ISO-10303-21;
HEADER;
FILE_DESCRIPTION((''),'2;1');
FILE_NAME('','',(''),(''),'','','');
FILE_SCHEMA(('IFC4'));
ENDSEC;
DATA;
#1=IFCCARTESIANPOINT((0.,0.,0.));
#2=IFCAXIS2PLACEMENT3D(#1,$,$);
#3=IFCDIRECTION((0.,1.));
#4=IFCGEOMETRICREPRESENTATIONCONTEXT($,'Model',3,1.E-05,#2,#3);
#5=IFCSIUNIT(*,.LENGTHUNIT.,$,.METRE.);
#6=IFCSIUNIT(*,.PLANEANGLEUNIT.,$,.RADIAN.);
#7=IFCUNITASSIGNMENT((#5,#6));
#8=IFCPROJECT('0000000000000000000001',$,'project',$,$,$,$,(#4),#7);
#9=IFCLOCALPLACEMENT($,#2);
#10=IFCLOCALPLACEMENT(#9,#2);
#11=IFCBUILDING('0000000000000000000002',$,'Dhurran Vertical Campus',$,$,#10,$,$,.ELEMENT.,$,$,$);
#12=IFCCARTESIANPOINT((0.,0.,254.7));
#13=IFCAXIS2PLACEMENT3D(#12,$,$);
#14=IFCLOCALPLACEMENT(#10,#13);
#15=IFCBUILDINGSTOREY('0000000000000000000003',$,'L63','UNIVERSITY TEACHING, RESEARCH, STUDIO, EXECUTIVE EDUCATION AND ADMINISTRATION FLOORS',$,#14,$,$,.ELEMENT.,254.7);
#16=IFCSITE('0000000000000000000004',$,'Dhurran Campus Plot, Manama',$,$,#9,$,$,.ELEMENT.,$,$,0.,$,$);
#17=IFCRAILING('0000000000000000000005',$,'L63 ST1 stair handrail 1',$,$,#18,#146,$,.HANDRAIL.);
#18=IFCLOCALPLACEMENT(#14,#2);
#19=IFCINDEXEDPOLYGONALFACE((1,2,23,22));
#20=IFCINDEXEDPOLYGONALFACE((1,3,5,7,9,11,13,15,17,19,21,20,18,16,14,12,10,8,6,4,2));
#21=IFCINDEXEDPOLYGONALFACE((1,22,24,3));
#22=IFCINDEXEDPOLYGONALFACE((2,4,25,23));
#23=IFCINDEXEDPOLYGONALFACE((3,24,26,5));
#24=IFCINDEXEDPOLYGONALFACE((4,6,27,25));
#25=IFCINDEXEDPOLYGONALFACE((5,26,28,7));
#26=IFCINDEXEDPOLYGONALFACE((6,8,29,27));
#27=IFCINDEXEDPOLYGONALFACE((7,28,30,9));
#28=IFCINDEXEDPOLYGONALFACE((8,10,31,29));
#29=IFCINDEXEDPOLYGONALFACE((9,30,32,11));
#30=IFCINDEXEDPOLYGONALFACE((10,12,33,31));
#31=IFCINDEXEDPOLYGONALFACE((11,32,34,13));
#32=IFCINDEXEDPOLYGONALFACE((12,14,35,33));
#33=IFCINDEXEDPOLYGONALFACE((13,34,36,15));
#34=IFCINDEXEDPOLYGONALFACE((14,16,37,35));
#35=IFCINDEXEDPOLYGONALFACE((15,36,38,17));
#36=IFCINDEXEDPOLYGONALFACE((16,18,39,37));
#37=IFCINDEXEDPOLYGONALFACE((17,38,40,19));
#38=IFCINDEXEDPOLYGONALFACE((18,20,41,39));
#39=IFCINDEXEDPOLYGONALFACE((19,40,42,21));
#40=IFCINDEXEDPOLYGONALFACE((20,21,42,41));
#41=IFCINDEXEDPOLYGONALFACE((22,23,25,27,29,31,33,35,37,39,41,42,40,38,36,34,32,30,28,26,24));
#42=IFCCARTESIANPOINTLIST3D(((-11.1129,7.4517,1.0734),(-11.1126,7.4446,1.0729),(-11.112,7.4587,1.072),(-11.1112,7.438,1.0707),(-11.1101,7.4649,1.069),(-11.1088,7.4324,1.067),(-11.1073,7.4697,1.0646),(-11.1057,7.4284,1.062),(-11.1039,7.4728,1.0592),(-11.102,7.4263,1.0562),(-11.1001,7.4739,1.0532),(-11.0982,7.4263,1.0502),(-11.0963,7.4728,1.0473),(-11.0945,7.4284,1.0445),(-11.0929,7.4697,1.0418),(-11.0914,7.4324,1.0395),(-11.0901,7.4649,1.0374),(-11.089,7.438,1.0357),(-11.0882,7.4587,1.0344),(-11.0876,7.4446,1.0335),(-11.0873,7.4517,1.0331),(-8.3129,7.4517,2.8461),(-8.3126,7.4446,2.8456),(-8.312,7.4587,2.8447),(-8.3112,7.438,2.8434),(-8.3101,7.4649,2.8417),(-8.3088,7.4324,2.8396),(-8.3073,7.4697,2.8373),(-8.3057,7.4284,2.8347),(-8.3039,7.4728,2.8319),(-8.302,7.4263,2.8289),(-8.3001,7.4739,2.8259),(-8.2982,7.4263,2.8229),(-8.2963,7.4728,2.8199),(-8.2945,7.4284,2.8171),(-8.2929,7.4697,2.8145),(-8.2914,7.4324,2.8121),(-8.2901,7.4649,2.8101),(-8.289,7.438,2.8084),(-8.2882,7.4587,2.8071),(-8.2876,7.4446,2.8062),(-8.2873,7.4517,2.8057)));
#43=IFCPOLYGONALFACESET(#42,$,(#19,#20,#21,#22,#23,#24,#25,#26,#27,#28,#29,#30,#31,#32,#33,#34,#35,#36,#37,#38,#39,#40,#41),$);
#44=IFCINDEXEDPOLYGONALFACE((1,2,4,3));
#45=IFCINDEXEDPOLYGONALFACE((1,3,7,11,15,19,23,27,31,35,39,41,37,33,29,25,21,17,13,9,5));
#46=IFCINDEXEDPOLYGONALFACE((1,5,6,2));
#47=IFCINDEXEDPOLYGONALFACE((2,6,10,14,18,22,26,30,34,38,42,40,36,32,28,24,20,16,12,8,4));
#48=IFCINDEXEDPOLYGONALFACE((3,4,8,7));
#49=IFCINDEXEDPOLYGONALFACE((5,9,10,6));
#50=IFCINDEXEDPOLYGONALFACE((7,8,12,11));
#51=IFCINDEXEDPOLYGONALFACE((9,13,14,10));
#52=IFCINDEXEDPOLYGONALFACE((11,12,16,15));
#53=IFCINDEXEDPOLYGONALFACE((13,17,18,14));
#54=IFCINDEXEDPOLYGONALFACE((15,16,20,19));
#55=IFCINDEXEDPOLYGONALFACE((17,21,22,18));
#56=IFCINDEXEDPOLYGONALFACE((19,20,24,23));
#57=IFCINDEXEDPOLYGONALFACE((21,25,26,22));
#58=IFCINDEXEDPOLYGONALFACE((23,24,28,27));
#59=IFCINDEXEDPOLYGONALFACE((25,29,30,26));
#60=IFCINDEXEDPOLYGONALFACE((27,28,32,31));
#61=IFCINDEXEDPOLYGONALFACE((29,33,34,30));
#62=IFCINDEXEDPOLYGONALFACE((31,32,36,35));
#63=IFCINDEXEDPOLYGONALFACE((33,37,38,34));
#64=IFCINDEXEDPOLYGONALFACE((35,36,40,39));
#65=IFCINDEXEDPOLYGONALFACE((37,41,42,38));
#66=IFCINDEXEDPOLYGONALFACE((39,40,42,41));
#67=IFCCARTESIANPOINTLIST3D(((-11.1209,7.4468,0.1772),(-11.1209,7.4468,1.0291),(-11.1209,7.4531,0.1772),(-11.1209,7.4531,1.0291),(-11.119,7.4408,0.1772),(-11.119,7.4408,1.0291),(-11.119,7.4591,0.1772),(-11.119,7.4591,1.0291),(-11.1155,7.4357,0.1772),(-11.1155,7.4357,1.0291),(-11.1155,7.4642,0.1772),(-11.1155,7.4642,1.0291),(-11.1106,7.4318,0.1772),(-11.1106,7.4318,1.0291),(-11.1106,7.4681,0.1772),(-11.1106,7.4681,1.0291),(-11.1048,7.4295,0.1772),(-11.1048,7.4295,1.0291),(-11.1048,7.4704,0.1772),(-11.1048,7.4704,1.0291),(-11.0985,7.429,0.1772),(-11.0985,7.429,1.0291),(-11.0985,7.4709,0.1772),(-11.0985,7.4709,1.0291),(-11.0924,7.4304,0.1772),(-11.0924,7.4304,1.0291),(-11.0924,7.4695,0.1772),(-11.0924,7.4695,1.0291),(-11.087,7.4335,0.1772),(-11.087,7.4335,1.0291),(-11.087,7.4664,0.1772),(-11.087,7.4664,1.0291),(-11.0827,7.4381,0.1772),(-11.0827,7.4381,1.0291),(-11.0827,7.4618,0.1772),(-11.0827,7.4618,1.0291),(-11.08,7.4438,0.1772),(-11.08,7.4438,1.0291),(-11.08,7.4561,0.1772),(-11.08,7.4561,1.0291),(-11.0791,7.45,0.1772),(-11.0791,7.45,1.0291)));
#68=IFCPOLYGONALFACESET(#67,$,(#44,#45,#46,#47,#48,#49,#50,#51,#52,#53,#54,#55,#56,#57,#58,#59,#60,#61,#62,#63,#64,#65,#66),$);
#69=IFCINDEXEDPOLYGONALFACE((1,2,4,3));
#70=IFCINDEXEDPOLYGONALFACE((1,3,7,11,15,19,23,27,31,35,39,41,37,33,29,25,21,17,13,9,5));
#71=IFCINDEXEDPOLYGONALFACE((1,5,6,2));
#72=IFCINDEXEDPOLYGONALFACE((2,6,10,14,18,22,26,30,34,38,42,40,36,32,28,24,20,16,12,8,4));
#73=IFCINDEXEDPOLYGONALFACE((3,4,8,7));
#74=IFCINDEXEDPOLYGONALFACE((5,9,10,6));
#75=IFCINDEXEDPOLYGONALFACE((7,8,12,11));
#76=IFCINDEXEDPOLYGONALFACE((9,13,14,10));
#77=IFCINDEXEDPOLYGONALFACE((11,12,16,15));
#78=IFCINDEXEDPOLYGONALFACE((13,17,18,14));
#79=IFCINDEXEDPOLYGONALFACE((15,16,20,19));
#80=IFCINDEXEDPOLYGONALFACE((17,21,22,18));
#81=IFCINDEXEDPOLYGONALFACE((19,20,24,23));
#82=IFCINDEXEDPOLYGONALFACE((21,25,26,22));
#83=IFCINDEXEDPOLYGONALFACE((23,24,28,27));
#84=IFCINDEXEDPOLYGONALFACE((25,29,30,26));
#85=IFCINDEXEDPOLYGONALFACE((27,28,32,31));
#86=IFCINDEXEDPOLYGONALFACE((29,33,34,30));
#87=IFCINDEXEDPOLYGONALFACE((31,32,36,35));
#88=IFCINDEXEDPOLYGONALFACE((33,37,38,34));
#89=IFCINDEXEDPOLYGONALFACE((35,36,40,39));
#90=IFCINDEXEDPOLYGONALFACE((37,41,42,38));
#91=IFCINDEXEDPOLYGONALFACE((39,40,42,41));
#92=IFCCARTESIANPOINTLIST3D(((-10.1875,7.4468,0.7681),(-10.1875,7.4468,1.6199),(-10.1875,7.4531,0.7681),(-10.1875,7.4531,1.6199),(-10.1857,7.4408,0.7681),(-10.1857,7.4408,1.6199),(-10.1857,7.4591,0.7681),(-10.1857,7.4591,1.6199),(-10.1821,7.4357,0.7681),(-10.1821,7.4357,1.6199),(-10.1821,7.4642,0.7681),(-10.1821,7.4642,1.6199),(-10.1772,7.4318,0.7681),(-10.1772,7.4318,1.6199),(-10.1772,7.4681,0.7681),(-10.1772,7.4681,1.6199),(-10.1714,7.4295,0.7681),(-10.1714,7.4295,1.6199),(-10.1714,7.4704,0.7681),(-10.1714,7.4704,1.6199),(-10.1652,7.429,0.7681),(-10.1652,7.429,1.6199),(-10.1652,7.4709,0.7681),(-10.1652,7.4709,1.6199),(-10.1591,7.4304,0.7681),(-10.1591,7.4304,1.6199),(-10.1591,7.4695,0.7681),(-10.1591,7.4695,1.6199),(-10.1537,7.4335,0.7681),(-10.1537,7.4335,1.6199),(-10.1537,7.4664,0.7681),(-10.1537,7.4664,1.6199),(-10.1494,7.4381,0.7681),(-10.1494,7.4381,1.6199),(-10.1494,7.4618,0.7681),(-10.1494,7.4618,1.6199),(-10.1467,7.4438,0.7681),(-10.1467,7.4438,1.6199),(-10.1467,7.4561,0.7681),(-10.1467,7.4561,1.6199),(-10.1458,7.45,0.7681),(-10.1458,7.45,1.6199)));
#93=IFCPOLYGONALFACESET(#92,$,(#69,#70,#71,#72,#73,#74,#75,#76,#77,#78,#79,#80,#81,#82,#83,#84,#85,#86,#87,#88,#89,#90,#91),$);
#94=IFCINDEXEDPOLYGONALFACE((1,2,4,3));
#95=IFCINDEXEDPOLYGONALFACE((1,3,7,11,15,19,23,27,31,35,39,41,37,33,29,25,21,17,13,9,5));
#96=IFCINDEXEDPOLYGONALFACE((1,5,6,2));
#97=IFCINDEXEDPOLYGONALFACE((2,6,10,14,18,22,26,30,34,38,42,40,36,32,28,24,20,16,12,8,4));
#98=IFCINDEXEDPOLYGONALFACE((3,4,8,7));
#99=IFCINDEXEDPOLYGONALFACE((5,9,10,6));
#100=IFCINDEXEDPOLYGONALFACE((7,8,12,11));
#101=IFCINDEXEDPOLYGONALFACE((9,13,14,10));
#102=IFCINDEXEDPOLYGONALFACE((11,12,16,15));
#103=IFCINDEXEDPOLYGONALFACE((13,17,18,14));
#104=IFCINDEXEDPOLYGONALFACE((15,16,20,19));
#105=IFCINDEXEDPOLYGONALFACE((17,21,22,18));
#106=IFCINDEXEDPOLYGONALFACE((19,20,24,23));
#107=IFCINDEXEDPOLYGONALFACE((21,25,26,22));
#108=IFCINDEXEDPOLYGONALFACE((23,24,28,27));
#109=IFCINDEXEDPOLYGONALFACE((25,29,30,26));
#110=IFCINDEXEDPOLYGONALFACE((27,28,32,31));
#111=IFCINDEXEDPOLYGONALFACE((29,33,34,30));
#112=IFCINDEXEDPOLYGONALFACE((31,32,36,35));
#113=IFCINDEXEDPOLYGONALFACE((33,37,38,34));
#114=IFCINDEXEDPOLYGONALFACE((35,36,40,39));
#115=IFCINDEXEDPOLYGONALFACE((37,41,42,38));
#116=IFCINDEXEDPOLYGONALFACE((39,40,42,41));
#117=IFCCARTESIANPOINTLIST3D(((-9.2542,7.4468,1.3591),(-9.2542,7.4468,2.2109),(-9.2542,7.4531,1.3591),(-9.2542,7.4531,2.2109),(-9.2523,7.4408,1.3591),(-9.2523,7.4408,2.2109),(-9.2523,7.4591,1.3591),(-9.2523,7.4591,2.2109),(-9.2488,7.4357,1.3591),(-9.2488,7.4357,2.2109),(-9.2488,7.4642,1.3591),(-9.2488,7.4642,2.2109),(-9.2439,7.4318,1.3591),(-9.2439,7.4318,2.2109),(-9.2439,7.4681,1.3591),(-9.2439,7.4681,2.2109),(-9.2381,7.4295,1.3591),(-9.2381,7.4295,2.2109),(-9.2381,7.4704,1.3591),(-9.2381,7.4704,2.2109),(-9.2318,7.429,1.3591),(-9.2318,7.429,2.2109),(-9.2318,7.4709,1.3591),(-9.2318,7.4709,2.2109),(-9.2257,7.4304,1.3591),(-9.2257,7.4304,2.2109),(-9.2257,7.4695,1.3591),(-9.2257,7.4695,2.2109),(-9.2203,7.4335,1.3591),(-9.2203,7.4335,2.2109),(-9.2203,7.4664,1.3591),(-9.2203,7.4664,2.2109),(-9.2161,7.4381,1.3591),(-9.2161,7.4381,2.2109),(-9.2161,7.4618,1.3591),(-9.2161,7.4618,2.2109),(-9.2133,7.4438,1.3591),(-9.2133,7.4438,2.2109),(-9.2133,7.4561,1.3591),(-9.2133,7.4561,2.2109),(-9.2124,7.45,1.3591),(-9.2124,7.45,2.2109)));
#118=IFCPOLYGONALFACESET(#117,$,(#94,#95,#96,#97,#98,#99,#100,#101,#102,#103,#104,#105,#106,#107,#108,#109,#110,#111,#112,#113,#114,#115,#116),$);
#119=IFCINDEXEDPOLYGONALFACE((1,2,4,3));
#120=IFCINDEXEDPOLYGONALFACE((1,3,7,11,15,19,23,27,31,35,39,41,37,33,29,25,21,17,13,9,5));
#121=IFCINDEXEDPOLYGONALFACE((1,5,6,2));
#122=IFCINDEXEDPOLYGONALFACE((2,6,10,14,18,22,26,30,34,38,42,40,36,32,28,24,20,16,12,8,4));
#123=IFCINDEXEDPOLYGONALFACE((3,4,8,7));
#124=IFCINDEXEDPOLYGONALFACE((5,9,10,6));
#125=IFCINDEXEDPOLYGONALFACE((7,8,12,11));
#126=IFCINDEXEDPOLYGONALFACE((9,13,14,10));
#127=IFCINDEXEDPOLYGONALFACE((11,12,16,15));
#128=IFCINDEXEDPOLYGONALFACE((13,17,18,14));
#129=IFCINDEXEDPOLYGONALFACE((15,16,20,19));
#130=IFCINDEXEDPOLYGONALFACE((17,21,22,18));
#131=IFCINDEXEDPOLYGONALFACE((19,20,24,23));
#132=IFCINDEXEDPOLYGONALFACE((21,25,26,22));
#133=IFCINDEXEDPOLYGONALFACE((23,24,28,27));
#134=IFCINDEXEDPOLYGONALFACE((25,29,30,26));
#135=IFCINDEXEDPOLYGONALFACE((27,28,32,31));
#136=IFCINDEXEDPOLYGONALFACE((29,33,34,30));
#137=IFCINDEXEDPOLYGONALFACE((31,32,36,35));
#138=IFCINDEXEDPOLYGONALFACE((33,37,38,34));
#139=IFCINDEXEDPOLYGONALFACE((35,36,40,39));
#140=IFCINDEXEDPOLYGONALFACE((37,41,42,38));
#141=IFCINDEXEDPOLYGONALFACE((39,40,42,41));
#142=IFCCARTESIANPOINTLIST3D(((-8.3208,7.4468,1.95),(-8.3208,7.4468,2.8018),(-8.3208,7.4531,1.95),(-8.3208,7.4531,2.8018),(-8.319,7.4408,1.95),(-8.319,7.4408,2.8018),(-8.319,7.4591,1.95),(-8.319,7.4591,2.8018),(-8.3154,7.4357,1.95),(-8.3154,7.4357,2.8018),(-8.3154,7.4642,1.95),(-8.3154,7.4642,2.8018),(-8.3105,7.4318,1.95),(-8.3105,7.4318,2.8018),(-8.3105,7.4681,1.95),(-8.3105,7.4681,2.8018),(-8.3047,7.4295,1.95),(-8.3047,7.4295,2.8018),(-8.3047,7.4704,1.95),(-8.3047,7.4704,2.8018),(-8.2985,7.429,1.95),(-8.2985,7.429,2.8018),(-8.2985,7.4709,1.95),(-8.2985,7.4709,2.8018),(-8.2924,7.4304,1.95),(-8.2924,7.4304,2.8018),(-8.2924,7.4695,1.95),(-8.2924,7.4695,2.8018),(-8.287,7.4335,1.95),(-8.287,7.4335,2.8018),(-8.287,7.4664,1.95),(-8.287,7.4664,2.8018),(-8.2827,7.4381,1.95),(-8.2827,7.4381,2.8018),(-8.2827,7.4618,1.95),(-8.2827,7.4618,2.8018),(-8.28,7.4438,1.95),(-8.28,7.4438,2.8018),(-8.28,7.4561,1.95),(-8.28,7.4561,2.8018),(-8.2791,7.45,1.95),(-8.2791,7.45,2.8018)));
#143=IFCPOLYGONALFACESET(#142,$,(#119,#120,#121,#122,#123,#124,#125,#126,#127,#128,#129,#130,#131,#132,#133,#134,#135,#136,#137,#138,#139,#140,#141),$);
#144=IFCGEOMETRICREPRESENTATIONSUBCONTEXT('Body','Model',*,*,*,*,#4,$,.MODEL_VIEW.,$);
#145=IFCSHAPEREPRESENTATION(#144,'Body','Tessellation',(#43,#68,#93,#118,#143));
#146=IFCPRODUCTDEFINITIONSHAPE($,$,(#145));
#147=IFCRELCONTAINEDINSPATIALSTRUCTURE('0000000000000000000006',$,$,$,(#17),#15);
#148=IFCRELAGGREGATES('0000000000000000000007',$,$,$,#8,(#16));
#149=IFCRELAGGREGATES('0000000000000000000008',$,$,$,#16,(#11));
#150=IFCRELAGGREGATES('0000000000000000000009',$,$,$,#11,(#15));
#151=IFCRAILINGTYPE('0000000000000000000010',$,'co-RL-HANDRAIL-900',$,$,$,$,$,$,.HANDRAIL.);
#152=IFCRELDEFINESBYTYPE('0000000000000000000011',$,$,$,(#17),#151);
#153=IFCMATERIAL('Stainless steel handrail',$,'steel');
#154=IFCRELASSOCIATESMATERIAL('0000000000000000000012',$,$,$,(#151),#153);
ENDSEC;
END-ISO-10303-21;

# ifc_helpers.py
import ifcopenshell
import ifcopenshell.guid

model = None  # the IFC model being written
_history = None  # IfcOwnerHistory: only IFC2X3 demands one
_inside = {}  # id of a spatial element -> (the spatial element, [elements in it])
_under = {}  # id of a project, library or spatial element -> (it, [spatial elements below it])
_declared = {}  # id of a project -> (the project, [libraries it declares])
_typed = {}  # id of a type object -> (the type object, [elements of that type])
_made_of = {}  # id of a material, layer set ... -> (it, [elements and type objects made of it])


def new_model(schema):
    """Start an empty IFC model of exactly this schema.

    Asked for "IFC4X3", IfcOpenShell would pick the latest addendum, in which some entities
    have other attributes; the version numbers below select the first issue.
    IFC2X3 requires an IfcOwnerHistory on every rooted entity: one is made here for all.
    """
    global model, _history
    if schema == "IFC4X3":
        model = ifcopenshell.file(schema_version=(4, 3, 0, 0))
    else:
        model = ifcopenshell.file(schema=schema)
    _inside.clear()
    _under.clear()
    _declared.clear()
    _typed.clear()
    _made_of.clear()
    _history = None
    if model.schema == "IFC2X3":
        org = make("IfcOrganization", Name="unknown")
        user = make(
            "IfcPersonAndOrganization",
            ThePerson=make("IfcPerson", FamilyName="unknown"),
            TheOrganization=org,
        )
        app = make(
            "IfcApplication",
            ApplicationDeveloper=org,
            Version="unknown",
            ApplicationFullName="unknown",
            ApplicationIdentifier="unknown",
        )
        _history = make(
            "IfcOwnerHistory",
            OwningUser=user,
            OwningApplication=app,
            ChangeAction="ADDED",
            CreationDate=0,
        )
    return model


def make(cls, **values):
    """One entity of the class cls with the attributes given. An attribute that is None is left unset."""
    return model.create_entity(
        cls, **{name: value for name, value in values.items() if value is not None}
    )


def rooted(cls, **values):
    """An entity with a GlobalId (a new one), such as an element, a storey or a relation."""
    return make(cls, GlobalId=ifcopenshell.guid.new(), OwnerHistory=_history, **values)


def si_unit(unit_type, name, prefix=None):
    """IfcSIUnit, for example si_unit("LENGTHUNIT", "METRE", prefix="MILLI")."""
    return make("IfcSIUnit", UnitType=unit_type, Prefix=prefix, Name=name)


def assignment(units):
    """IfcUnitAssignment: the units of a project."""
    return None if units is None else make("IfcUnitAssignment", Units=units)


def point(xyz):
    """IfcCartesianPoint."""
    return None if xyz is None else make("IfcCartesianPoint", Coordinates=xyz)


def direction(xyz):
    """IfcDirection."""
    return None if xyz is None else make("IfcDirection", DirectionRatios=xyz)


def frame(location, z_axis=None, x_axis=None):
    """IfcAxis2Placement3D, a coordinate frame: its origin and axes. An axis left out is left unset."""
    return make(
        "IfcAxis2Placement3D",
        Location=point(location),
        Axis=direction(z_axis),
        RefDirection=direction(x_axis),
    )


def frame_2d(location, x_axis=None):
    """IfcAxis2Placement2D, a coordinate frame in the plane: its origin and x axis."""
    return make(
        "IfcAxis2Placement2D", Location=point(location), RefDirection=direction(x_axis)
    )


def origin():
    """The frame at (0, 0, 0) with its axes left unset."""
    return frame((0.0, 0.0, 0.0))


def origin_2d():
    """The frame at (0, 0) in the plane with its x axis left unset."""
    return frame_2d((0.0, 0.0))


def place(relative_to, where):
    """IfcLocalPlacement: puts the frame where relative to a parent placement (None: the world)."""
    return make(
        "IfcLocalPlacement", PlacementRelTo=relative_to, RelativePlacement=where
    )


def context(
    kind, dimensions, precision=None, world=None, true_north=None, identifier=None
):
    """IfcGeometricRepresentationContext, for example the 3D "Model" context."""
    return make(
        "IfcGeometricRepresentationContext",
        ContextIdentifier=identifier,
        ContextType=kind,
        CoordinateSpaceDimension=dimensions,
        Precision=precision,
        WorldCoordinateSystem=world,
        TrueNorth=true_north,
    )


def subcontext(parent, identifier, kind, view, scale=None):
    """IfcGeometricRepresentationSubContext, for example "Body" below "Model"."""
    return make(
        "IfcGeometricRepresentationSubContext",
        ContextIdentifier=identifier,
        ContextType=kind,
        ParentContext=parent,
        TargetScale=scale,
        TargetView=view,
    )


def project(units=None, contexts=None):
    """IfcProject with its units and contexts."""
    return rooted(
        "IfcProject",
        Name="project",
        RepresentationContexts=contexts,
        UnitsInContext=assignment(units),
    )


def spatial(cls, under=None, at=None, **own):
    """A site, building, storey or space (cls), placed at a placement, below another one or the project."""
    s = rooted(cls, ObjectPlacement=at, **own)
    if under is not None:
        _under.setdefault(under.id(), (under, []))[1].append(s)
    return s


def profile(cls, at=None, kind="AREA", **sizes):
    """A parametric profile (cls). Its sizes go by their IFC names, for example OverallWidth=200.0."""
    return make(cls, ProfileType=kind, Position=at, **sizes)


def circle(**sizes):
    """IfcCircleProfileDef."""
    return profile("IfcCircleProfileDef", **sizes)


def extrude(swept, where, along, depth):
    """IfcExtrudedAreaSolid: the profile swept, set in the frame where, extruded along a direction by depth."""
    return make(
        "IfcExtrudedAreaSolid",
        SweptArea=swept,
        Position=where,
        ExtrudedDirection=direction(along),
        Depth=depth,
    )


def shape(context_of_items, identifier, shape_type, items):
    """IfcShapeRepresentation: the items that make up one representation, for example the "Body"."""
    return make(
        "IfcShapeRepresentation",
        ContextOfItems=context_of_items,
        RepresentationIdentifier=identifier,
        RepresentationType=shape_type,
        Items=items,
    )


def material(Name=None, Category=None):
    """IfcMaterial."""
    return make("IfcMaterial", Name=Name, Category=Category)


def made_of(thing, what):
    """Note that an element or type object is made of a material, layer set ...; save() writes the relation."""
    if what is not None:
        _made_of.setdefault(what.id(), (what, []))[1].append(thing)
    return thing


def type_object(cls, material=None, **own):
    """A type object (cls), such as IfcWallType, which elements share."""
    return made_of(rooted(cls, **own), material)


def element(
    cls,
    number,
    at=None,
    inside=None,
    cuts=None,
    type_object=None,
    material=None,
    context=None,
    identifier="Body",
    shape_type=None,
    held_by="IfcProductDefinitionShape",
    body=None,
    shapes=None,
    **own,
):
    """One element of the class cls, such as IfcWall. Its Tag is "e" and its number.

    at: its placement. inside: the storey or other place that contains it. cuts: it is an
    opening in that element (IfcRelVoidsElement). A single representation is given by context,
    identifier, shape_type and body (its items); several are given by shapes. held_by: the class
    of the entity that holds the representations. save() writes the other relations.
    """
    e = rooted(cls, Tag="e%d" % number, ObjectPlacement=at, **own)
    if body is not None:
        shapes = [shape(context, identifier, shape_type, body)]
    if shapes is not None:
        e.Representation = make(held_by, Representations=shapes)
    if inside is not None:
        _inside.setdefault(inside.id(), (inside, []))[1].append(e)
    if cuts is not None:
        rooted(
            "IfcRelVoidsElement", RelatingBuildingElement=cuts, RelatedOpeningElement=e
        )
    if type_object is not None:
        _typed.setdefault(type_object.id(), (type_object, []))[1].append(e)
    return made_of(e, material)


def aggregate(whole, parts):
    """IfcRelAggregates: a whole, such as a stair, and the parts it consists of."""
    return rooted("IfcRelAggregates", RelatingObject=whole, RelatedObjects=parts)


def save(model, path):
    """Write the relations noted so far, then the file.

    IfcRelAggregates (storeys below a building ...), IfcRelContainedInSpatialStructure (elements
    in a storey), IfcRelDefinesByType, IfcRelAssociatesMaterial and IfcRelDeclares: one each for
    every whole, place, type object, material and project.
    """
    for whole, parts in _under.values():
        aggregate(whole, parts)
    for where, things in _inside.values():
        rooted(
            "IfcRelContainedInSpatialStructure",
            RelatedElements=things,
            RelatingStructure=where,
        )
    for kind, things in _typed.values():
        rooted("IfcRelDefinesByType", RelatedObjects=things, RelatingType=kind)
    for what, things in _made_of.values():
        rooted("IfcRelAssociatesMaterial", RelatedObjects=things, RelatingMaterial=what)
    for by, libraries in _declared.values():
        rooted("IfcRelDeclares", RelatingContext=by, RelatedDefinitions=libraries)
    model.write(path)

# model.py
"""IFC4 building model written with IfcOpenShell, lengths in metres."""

from ifc_helpers import new_model, si_unit, direction, frame, origin, origin_2d, place, context, subcontext, project, spatial, circle, extrude, material, type_object, element, save


model = new_model("IFC4")

# Units and contexts
model_context = context("Model", 3, precision=1e-05, world=origin(), true_north=direction((0.0, 1.0)))
body_context = subcontext(model_context, "Body", "Model", "MODEL_VIEW")
ifc_project = project(units=[si_unit("LENGTHUNIT", "METRE"), si_unit("PLANEANGLEUNIT", "RADIAN")], contexts=[model_context])

# Site, building, storey
site_placement = place(None, origin())
site = spatial("IfcSite", under=ifc_project, at=site_placement, Name="Dhurran Campus Plot, Manama", CompositionType="ELEMENT", RefElevation=0.0)
building_placement = place(site_placement, origin())
building = spatial("IfcBuilding", under=site, at=building_placement, Name="Dhurran Vertical Campus", CompositionType="ELEMENT")
storey_placement = place(building_placement, frame((0.0, 0.0, 254.7)))
storey = spatial("IfcBuildingStorey", under=building, at=storey_placement, Name="L63", Description="UNIVERSITY TEACHING, RESEARCH, STUDIO, EXECUTIVE EDUCATION AND ADMINISTRATION FLOORS", CompositionType="ELEMENT", Elevation=254.7)

# Railing
ifc_material_1 = material(Name="Stainless steel handrail", Category="steel")
railing_type_1 = type_object("IfcRailingType", Name="co-RL-HANDRAIL-900", PredefinedType="HANDRAIL", material=ifc_material_1)
railing_1_placement = place(storey_placement, frame((-11.1001, 7.45, 0.1772)))
element("IfcRailing", 1, at=railing_1_placement, inside=storey, type_object=railing_type_1, Name="L63 ST1 stair handrail 1", PredefinedType="HANDRAIL", context=body_context, shape_type="SweptSolid", body=[
    extrude(circle(Radius=0.0239, at=origin_2d()), frame((0.0, 0.0, 0.876), z_axis=(0.844909, 0.0, 0.53491), x_axis=(0.0, 1.0, 0.0)), (0.0, 0.0, 1.0), 3.314),
    extrude(circle(Radius=0.021, at=origin_2d()), origin(), (0.0, 0.0, 1.0), 0.8518),
    extrude(circle(Radius=0.021, at=origin_2d()), frame((0.9333, 0.0, 0.5908)), (0.0, 0.0, 1.0), 0.8518),
    extrude(circle(Radius=0.021, at=origin_2d()), frame((1.8667, 0.0, 1.1819)), (0.0, 0.0, 1.0), 0.8518),
    extrude(circle(Radius=0.021, at=origin_2d()), frame((2.8, 0.0, 1.7727)), (0.0, 0.0, 1.0), 0.8518),
])

save(model, "model.ifc")
